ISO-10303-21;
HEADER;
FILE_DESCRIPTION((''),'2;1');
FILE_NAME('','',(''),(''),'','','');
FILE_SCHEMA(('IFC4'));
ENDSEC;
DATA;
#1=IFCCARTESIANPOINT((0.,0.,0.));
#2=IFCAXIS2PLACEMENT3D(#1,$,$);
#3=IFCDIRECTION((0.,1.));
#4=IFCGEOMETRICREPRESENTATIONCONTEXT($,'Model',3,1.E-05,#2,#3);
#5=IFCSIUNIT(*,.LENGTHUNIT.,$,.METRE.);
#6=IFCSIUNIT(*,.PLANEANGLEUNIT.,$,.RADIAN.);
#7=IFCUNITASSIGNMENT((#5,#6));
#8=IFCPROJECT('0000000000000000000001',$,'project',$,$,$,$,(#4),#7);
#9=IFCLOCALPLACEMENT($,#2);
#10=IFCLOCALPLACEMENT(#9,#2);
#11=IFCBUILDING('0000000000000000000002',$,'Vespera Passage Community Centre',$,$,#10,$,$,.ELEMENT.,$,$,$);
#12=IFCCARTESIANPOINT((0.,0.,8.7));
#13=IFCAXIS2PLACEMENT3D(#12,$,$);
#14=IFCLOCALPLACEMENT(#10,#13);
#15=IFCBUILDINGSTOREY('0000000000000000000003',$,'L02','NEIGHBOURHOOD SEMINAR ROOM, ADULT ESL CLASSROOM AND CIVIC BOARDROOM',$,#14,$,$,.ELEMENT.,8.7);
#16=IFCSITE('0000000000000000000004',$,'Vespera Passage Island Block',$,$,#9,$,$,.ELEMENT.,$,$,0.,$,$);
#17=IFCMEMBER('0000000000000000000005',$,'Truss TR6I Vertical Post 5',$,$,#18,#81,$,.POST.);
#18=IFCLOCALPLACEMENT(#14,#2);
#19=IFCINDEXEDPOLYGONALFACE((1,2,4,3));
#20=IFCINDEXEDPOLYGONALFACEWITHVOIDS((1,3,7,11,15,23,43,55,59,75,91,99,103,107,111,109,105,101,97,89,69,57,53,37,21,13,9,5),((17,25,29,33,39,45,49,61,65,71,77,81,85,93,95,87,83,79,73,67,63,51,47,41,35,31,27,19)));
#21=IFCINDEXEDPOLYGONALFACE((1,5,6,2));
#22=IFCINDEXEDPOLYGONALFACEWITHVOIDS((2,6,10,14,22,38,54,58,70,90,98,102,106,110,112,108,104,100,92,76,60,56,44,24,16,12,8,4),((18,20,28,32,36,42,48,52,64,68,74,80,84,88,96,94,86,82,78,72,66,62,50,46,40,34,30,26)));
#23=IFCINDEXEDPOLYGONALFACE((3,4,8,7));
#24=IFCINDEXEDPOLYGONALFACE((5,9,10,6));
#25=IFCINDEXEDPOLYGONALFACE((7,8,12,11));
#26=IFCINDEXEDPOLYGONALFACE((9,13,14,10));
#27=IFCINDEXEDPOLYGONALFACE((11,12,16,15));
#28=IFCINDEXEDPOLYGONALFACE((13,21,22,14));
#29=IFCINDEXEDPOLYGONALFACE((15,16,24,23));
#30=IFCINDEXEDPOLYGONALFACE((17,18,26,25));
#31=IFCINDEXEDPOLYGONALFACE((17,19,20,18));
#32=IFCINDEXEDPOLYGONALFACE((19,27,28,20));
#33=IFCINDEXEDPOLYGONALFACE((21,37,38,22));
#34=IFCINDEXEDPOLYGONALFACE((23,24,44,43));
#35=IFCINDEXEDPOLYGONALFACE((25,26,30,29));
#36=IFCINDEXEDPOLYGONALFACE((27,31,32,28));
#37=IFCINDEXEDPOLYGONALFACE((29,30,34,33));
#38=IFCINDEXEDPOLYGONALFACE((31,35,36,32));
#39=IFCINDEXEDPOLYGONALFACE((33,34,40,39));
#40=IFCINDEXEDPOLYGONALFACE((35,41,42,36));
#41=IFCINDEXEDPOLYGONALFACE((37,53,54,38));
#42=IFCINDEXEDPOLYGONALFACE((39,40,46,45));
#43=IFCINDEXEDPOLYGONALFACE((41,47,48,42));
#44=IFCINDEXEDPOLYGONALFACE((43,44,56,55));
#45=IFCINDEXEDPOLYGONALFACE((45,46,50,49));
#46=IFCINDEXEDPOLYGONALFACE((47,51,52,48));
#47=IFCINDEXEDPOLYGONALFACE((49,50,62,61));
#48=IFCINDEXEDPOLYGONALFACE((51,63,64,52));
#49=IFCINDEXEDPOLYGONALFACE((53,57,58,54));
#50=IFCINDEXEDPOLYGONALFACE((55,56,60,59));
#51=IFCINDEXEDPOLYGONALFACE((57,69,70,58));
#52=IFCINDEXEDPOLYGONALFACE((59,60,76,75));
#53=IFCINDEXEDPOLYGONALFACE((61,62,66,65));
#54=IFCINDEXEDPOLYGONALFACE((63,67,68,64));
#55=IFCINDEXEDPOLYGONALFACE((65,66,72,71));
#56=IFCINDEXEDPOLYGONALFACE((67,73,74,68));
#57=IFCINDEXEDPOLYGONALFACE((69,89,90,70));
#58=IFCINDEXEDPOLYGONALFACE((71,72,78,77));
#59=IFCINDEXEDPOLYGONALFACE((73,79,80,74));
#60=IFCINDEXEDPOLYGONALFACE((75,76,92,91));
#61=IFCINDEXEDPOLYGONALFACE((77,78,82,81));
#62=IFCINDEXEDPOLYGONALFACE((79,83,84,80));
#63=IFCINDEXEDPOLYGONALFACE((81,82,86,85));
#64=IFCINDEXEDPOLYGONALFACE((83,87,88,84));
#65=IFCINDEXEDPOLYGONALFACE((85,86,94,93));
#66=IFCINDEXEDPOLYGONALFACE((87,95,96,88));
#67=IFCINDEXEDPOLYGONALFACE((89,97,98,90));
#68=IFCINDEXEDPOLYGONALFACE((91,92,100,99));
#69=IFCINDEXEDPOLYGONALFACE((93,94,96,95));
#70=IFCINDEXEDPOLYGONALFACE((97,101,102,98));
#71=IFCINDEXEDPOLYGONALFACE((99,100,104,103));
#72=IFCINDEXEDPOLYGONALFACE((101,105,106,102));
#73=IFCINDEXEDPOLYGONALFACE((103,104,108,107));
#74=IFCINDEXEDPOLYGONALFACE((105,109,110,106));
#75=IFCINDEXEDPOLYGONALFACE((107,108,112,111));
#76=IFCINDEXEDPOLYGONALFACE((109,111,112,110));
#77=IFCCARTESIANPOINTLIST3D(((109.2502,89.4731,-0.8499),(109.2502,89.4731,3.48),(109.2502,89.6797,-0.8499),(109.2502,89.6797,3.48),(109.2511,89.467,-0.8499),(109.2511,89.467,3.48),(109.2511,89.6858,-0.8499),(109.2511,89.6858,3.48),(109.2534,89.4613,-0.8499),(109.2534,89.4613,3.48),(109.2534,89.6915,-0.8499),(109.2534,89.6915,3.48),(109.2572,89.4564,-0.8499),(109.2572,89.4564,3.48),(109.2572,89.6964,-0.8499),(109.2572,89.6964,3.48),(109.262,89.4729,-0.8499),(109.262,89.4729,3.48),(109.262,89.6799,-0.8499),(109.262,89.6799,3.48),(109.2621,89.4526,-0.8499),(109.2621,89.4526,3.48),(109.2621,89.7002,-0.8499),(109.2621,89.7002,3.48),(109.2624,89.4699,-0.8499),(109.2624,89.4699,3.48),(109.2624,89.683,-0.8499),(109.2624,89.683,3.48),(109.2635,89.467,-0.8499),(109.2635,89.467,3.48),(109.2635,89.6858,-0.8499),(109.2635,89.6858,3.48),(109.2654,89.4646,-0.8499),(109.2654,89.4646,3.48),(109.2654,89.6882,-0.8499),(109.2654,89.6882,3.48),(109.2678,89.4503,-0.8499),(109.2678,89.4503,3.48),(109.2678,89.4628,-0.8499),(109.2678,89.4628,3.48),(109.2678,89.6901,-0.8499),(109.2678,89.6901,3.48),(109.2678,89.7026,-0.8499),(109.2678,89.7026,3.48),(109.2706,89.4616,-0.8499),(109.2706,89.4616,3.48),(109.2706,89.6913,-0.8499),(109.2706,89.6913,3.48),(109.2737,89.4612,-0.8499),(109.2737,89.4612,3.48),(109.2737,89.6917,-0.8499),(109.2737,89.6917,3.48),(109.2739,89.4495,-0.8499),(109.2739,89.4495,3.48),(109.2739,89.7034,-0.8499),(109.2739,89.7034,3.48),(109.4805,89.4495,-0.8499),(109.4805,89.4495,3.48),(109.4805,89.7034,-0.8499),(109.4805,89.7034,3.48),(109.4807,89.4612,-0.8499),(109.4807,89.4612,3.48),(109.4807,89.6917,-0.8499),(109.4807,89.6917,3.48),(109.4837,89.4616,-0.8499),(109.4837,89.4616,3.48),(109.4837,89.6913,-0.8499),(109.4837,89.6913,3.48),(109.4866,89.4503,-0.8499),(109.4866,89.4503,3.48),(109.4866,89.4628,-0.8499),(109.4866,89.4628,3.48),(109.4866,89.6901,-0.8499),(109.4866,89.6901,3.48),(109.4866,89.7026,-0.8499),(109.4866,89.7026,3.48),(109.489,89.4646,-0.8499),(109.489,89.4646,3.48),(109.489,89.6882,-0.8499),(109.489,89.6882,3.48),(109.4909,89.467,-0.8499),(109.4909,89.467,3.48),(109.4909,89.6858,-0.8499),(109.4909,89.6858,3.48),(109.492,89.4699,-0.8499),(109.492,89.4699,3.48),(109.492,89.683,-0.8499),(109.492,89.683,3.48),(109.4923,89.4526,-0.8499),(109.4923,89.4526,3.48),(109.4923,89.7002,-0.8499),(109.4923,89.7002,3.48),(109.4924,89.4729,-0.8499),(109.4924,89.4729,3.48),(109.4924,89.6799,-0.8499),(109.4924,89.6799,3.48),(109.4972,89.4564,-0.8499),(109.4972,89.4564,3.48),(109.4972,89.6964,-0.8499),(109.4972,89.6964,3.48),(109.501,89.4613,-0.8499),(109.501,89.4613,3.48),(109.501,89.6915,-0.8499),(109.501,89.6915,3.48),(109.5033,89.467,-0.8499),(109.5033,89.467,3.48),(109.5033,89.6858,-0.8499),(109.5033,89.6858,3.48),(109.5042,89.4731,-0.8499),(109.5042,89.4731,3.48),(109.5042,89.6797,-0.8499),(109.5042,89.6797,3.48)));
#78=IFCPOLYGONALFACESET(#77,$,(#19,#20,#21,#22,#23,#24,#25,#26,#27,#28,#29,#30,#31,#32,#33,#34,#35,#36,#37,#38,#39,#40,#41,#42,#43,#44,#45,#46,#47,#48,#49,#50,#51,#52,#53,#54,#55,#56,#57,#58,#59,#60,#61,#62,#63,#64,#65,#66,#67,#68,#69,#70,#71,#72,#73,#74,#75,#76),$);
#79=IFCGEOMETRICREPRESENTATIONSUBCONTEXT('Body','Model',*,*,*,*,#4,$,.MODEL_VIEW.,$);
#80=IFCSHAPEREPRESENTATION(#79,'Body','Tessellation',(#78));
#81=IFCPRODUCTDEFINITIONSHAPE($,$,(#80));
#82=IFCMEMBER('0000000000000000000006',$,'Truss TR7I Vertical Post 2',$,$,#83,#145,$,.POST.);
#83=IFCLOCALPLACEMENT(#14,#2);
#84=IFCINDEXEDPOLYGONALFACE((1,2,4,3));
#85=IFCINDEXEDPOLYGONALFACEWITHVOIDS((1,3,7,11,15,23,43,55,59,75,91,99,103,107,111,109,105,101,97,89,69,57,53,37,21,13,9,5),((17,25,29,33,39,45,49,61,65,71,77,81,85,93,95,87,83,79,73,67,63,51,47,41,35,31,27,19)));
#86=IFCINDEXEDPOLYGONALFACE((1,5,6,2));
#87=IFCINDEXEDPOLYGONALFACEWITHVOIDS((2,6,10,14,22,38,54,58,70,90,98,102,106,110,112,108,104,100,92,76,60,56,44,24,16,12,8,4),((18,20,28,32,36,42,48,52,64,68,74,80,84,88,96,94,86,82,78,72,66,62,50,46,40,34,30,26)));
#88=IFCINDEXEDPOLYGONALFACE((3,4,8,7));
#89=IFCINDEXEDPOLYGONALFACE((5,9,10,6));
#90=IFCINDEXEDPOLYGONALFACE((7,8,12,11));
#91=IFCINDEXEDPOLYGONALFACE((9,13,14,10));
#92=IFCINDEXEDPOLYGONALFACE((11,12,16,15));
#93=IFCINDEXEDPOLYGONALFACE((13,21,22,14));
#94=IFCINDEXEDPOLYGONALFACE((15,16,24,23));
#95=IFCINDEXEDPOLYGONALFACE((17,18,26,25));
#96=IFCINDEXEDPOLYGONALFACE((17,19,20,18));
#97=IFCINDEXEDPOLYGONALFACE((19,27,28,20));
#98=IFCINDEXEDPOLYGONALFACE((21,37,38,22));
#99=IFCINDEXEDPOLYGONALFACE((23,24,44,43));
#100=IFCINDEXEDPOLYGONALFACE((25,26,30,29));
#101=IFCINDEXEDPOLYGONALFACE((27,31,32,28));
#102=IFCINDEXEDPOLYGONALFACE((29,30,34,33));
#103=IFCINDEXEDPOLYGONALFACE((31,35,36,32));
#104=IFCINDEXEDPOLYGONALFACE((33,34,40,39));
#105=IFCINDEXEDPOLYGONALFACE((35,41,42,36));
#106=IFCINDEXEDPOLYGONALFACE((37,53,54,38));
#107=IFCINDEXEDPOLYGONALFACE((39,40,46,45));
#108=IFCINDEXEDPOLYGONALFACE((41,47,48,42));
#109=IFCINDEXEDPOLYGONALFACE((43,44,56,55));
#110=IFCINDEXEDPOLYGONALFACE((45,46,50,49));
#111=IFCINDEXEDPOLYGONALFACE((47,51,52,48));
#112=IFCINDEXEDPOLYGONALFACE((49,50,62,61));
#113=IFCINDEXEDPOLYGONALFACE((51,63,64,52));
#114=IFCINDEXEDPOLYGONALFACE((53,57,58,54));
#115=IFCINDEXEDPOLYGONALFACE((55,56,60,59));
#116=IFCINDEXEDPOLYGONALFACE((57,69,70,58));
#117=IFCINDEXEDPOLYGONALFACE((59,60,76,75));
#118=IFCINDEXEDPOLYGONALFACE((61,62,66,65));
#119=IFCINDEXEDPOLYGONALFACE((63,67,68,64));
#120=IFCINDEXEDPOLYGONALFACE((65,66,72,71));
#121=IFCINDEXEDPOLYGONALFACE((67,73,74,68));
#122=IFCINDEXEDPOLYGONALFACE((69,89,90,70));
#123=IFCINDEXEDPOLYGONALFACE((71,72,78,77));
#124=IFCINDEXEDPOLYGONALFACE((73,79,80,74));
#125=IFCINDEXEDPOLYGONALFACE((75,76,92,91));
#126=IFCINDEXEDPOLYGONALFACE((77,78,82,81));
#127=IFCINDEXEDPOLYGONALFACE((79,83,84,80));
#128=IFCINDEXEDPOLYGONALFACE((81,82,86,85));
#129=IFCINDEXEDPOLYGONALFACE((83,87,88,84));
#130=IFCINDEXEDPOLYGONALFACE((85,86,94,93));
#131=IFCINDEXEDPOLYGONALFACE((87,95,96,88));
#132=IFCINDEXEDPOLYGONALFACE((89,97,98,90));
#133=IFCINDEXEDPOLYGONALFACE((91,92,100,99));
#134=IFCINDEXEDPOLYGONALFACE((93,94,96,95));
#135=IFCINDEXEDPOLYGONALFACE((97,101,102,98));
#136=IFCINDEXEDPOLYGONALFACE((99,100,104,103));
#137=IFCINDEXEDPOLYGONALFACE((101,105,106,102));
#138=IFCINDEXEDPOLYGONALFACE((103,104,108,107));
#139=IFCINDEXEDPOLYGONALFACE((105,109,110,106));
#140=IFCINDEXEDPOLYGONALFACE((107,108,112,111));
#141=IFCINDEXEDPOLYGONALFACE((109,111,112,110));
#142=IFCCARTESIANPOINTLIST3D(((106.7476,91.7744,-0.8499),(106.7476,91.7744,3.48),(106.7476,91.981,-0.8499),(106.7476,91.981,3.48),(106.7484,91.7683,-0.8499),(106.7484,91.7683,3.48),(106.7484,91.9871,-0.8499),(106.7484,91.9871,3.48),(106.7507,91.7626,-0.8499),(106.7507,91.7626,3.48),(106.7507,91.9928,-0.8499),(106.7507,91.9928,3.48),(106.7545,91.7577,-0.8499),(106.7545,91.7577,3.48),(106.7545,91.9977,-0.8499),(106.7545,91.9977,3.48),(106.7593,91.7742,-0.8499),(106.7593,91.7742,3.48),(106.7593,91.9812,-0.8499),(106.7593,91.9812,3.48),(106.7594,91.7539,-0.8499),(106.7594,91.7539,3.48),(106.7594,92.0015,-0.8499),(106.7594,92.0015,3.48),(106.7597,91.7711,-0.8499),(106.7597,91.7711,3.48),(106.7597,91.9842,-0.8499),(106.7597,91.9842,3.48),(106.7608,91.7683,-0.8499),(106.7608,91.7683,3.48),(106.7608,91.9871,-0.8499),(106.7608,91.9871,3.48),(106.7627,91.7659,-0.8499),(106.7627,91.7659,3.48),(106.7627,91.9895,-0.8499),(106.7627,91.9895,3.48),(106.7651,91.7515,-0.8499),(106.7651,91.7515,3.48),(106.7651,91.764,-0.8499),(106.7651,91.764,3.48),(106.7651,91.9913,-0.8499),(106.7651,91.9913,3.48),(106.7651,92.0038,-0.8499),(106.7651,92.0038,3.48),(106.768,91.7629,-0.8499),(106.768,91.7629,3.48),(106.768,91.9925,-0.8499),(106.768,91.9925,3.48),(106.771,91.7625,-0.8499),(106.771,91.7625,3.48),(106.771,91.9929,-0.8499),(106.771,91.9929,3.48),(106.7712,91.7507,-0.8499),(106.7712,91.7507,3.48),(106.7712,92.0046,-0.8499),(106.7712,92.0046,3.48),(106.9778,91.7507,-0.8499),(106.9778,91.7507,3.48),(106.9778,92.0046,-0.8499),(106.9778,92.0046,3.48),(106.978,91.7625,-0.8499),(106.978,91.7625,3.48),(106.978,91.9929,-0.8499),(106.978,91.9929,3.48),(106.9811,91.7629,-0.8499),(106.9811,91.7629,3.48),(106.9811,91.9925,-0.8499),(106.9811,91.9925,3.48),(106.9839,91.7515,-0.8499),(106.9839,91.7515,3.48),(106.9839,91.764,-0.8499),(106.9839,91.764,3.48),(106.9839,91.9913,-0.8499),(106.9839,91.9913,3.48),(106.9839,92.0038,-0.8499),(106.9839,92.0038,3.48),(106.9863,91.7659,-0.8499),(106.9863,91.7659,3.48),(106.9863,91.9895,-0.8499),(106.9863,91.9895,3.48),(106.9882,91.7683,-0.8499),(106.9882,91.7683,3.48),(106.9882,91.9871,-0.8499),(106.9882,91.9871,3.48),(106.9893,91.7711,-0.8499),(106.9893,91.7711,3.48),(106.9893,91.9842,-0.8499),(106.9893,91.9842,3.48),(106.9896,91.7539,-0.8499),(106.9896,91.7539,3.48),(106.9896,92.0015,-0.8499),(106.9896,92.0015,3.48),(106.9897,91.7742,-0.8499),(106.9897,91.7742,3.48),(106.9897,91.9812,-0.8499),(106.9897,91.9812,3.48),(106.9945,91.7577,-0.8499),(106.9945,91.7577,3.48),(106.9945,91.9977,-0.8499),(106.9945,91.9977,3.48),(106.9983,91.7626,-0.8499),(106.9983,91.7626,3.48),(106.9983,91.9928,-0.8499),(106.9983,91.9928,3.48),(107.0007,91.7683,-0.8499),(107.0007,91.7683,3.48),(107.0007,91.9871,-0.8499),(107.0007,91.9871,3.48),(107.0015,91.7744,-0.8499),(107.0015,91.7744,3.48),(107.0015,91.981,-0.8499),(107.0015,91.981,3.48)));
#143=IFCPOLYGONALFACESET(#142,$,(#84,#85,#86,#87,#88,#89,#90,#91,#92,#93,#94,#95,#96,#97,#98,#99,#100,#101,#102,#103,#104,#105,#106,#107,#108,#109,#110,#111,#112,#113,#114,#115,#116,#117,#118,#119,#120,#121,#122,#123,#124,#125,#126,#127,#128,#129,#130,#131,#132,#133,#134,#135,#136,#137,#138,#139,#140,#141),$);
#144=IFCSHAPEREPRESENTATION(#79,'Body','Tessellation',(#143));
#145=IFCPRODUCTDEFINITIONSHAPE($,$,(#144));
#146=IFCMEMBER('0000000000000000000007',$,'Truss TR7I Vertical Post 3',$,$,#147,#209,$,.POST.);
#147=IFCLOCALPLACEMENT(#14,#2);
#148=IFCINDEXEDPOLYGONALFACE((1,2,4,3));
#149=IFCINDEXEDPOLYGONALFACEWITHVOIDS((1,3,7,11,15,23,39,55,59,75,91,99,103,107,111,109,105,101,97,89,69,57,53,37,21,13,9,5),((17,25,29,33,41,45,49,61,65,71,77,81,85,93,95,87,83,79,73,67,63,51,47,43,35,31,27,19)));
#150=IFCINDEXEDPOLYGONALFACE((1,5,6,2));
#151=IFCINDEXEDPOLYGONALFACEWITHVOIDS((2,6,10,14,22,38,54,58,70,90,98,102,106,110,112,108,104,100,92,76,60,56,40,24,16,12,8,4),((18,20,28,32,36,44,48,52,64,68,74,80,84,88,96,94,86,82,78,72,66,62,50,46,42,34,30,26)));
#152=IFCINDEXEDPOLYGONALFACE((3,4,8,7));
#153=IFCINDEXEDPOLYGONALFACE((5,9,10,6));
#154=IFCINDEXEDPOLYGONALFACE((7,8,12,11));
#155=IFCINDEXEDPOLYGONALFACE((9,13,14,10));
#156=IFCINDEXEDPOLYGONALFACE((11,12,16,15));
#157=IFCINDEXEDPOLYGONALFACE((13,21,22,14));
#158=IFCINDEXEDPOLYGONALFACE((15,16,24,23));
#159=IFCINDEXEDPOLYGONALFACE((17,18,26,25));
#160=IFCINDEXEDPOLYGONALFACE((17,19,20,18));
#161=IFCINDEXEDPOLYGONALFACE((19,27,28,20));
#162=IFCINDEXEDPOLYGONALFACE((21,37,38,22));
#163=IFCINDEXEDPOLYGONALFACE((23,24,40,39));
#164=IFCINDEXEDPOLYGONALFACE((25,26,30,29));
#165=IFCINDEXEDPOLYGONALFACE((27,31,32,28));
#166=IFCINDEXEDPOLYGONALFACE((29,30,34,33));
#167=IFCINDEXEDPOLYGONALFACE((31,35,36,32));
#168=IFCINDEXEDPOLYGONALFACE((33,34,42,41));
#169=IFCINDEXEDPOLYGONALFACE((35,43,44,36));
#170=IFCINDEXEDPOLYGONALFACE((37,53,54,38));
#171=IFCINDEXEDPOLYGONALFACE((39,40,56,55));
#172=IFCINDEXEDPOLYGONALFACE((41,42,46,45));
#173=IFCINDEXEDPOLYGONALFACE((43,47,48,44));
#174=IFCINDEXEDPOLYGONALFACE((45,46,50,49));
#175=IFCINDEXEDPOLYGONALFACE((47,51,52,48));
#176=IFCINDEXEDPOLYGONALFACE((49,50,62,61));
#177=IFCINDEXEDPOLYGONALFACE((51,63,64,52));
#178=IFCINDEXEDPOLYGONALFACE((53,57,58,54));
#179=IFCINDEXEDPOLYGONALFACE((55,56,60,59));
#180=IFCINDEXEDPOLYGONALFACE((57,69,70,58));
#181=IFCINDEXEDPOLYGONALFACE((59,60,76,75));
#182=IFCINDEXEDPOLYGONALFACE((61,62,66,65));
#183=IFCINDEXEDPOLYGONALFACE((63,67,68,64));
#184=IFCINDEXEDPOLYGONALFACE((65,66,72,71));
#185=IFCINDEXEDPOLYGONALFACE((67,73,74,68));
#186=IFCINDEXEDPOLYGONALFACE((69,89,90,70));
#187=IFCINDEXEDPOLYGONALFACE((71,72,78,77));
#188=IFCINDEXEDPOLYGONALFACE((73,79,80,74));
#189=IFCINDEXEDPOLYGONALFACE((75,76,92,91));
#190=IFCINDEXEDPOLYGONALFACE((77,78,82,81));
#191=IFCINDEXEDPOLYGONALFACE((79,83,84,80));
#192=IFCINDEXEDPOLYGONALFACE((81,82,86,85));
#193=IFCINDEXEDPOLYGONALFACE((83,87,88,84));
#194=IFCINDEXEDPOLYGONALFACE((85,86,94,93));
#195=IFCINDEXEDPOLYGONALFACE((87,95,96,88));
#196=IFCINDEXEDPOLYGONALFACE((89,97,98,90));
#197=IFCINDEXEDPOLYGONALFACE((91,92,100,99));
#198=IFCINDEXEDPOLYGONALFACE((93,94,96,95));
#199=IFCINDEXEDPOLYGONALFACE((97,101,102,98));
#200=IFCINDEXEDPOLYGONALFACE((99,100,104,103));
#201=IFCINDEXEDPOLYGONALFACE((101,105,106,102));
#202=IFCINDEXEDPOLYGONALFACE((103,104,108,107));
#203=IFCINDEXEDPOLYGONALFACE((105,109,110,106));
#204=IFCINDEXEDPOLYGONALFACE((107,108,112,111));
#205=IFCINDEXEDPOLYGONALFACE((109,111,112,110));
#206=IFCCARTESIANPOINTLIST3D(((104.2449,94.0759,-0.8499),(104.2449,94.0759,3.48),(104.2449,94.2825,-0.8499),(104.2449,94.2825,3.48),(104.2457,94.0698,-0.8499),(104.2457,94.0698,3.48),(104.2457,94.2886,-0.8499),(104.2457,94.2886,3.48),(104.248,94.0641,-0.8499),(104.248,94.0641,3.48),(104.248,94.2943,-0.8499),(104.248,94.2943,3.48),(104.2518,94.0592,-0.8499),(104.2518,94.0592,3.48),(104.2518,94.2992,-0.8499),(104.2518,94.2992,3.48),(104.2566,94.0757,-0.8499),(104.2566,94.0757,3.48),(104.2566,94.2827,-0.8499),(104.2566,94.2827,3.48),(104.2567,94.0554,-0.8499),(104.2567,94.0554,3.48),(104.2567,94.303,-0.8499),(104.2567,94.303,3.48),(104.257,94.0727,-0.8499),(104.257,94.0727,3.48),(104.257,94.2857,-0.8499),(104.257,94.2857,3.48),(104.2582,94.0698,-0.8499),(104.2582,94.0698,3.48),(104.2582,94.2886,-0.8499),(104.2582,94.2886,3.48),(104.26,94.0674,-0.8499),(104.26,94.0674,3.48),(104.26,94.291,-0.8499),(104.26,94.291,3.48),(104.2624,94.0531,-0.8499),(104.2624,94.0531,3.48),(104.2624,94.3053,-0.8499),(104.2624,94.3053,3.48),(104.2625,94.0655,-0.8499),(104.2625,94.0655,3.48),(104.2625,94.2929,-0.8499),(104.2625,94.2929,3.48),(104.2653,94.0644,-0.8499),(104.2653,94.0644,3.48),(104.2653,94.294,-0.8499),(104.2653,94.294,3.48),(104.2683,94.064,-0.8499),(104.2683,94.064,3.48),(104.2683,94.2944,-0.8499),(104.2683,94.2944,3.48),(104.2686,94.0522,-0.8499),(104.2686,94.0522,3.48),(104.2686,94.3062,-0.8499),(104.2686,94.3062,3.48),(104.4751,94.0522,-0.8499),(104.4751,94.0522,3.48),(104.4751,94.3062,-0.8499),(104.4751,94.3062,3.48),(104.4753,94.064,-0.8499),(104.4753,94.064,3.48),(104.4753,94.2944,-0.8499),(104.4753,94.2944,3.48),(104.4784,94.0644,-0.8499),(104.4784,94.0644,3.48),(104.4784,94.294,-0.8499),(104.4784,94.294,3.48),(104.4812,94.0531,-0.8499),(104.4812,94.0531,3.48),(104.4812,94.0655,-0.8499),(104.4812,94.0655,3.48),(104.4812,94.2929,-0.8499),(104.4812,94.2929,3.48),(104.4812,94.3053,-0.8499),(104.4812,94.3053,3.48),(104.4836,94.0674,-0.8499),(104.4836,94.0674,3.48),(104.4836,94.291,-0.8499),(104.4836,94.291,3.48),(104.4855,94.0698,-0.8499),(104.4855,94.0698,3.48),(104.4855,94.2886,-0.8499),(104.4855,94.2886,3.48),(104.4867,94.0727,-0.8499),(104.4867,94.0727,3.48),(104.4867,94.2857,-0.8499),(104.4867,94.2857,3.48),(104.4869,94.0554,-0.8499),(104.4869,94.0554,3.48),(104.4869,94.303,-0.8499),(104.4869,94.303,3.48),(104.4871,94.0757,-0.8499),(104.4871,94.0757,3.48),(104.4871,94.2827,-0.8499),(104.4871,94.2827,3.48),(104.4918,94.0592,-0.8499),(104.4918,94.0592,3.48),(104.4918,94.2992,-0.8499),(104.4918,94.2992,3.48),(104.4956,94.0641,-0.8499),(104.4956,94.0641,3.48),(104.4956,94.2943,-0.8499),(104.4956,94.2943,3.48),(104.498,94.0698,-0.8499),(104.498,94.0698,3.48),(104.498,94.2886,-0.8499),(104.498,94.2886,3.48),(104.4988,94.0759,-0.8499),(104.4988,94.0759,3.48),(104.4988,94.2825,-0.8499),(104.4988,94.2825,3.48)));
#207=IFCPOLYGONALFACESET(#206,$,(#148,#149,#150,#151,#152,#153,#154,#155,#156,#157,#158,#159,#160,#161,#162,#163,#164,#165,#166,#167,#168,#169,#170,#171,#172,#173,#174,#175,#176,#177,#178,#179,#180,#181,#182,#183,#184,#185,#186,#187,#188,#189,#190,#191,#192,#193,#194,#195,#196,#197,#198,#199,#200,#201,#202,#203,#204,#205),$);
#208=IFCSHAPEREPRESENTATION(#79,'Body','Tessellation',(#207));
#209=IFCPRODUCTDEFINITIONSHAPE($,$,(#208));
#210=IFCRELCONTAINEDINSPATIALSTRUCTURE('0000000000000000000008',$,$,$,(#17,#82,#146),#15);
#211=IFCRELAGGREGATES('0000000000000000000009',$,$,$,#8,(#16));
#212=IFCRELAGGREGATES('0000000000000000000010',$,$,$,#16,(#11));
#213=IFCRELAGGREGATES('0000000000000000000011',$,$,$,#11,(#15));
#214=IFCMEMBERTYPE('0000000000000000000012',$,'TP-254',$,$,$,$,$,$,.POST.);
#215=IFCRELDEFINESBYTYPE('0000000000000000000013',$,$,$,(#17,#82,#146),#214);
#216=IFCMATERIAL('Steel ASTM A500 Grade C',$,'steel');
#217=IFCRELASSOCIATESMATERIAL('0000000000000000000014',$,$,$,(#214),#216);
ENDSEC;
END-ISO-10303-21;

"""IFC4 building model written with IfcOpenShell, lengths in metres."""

from ifc_helpers import new_model, si_unit, direction, frame, origin, origin_2d, place, context, subcontext, project, spatial, hollow_rectangle, extrude, material, material_profile, profile_set, type_object, element, save


model = new_model("IFC4")

# Units and contexts
model_context = context("Model", 3, precision=1e-05, world=origin(), true_north=direction((0.0, 1.0)))
body_context = subcontext(model_context, "Body", "Model", "MODEL_VIEW")
ifc_project = project(units=[si_unit("LENGTHUNIT", "METRE"), si_unit("PLANEANGLEUNIT", "RADIAN")], contexts=[model_context])

# Site, building, storey
site_placement = place(None, origin())
site = spatial("IfcSite", under=ifc_project, at=site_placement, Name="Vespera Passage Island Block", CompositionType="ELEMENT", RefElevation=0.0)
building_placement = place(site_placement, origin())
building = spatial("IfcBuilding", under=site, at=building_placement, Name="Vespera Passage Community Centre", CompositionType="ELEMENT")
storey_placement = place(building_placement, frame((0.0, 0.0, 8.7)))
storey = spatial("IfcBuildingStorey", under=building, at=storey_placement, Name="L02", Description="NEIGHBOURHOOD SEMINAR ROOM, ADULT ESL CLASSROOM AND CIVIC BOARDROOM", CompositionType="ELEMENT", Elevation=8.7)

# Members
ifc_material_1 = material(Name="Steel ASTM A500 Grade C", Category="steel")
ifc_material_profile_1 = material_profile(ifc_material_1, hollow_rectangle(XDim=0.2539, YDim=0.2539, WallThickness=0.0117, InnerFilletRadius=0.0117, OuterFilletRadius=0.0237, at=origin_2d()), Name="HSS254X254X12.7")
ifc_profile_set_1 = profile_set([ifc_material_profile_1], Name="Steel ASTM A500 Grade C")
member_type_1 = type_object("IfcMemberType", Name="TP-254", PredefinedType="POST", material=ifc_profile_set_1)
for number, where, z_axis, x_axis, name in (
    (1, (109.3772, 89.5764, -0.8499), (0.0, 0.0, 1.0), (1.0, 0.0, 0.0), "Truss TR6I Vertical Post 5"),
    (2, (106.8745, 91.8777, -0.8499), (0.0, 0.0, 1.0), (1.0, 0.0, 0.0), "Truss TR7I Vertical Post 2"),
    (3, (104.3718, 94.1792, -0.8499), (0.0, 0.0, 1.0), (1.0, 0.0, 0.0), "Truss TR7I Vertical Post 3"),
):
    element("IfcMember", number, at=place(storey_placement, frame(where, z_axis=z_axis, x_axis=x_axis)), inside=storey, type_object=member_type_1, Name=name, PredefinedType="POST", context=body_context, shape_type="SweptSolid", body=[
        extrude(hollow_rectangle(XDim=0.2539, YDim=0.2539, WallThickness=0.0117, InnerFilletRadius=0.0117, OuterFilletRadius=0.0237, at=origin_2d()), origin(), (0.0, 0.0, 1.0), 4.3298),
    ])

save(model, "model.ifc")
